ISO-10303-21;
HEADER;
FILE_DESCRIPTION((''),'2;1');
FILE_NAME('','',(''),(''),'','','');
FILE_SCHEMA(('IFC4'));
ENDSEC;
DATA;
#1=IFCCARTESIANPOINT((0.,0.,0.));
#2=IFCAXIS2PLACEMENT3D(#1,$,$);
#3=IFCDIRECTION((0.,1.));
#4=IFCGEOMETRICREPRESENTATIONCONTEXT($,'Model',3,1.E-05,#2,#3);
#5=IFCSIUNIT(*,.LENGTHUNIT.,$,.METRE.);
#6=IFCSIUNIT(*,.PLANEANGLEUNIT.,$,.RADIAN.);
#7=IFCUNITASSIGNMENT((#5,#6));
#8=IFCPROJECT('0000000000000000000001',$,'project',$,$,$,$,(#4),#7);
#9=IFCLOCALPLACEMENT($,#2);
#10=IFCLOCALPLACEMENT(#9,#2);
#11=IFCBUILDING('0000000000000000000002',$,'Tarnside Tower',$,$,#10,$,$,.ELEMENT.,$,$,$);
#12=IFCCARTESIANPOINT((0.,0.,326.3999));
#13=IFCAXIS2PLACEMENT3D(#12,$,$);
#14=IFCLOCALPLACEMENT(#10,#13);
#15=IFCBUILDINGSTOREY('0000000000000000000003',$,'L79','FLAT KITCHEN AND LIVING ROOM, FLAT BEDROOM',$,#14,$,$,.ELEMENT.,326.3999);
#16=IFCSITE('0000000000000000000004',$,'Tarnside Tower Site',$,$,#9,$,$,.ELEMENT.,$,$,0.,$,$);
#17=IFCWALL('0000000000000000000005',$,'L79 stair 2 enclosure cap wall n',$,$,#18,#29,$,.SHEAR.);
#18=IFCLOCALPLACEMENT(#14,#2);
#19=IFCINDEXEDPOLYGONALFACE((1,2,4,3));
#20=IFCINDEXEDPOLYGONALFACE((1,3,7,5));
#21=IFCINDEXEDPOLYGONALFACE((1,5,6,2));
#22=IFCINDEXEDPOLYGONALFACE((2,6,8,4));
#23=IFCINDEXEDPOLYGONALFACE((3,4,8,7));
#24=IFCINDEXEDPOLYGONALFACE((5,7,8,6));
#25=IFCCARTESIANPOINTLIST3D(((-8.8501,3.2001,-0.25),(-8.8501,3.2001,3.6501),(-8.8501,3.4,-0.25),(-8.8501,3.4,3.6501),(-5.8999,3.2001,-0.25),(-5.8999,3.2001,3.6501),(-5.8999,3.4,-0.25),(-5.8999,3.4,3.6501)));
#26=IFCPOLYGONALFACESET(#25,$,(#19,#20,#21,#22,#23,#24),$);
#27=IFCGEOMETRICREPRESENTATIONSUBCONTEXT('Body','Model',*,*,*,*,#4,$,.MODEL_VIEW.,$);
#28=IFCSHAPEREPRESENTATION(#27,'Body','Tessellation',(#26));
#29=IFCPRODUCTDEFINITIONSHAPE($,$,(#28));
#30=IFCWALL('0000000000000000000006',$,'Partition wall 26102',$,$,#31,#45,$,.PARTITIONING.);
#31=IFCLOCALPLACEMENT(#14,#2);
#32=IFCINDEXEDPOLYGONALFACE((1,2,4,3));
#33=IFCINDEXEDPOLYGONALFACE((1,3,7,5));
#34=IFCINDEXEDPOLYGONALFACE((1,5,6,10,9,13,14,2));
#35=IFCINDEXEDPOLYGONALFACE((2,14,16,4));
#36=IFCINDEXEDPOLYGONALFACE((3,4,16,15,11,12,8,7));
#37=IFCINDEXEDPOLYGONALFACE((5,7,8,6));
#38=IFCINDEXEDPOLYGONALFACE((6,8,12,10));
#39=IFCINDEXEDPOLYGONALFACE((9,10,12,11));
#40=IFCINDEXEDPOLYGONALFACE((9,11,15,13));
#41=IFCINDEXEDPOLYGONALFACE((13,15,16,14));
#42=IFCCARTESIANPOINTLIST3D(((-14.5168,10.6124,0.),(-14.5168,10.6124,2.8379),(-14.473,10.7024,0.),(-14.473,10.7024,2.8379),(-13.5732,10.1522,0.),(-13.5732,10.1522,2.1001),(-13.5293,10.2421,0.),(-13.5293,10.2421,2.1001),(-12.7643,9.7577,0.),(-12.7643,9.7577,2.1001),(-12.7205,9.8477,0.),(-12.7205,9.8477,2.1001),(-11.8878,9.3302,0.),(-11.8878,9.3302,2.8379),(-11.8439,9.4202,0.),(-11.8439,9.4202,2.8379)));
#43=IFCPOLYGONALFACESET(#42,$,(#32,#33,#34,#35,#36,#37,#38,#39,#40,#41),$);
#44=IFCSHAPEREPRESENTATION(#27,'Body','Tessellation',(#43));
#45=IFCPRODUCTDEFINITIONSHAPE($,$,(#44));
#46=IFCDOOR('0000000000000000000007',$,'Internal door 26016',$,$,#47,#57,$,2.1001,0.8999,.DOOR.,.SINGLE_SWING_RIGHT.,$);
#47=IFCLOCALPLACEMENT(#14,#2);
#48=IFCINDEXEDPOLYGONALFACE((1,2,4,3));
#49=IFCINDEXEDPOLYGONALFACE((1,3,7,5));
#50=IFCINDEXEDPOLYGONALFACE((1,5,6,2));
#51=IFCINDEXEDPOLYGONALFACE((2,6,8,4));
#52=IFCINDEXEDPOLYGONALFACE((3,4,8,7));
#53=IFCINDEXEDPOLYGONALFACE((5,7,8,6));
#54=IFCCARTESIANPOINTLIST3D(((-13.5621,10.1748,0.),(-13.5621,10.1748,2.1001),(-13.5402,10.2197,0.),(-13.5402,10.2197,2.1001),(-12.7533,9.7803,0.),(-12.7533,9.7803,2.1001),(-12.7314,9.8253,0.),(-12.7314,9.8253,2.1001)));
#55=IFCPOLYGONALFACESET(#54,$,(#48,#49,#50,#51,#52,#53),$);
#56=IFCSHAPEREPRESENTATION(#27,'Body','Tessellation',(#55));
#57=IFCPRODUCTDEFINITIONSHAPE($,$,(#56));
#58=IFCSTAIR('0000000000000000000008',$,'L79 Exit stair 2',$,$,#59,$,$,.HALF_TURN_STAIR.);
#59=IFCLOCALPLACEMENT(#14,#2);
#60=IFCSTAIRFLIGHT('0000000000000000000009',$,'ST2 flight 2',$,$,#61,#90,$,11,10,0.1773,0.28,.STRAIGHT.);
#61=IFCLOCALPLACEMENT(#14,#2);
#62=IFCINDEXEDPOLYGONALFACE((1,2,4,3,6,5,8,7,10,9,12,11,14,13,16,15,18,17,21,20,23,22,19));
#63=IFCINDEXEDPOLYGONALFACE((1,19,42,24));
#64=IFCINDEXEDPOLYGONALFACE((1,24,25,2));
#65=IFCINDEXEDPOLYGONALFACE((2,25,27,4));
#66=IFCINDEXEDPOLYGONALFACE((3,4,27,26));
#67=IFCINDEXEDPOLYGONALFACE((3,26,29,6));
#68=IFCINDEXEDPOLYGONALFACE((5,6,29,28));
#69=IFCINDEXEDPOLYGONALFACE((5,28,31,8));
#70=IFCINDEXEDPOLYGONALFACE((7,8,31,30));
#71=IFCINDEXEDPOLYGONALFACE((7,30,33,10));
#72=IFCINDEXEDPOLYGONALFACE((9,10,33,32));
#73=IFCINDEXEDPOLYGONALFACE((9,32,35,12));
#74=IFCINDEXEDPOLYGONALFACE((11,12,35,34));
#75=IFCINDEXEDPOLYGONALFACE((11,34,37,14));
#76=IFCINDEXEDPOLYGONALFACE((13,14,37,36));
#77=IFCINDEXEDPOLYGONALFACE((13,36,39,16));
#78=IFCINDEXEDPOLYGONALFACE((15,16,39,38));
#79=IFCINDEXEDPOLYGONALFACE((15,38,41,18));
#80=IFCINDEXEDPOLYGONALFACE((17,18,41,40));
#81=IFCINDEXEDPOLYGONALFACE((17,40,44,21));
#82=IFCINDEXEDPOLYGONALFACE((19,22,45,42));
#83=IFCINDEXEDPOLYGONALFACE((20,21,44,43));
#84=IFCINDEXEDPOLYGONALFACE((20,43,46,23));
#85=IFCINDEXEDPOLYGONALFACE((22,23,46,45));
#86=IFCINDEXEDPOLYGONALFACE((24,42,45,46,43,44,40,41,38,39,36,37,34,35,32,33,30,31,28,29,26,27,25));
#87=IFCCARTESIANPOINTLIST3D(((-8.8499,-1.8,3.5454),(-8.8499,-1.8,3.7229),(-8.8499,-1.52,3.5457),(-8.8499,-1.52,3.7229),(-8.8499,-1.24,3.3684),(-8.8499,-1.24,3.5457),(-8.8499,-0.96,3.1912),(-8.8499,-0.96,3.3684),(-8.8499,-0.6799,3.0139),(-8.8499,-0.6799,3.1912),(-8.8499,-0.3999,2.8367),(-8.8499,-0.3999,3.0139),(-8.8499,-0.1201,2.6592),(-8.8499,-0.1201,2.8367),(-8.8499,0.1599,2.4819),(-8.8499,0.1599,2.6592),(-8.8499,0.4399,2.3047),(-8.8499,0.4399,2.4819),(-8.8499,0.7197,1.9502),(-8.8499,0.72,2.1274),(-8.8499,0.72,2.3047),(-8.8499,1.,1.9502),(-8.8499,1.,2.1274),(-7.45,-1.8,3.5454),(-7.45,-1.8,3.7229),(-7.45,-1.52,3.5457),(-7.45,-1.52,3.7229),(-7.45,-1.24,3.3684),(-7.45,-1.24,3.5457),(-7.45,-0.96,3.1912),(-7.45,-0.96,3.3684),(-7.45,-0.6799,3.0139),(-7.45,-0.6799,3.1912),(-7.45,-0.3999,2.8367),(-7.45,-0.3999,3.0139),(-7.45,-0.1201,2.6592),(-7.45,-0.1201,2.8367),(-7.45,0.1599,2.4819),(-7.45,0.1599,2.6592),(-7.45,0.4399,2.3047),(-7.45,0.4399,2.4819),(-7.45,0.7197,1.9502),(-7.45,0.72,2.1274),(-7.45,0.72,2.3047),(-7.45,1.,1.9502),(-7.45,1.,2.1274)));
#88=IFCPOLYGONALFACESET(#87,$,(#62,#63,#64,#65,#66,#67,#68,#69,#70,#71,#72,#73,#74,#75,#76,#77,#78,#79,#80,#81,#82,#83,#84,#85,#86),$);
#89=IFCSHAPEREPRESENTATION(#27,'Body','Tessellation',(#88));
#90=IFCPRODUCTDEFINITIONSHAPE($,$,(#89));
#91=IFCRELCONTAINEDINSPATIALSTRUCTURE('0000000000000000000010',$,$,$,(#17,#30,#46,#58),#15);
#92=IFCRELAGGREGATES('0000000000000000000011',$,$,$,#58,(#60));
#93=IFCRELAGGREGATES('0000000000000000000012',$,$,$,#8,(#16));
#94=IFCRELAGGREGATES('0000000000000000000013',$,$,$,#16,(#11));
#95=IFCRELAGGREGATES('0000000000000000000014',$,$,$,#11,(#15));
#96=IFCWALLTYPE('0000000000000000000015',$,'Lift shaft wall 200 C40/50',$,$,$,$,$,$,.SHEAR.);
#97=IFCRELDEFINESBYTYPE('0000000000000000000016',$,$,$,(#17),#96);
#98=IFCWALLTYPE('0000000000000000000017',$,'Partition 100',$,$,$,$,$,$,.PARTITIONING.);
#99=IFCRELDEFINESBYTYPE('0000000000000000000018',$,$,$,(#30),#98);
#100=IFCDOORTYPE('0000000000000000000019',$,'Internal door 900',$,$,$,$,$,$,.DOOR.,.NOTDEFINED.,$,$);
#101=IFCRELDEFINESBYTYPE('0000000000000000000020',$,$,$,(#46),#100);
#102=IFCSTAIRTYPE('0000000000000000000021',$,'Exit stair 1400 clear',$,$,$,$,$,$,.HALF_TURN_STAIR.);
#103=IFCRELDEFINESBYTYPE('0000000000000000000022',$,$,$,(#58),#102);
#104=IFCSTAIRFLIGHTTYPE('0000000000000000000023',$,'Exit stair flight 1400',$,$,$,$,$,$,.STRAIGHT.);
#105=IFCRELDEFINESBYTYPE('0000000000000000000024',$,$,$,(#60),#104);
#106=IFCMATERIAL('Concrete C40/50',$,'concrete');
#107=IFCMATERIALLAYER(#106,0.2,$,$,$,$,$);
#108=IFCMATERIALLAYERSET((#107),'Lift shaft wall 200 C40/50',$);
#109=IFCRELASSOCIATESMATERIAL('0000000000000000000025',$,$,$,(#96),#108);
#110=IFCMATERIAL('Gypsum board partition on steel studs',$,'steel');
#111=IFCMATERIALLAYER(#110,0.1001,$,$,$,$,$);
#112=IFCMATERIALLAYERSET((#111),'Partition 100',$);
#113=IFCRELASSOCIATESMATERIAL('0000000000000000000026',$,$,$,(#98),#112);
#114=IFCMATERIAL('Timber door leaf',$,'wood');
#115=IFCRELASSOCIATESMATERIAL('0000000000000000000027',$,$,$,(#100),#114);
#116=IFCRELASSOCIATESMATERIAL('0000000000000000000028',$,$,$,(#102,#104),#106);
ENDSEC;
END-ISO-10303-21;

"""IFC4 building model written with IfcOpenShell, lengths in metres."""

from ifc_helpers import new_model, si_unit, direction, frame, frame_2d, origin, place, context, subcontext, project, spatial, polyline, rectangle, outline, extrude, material, layer, layer_set, type_object, element, fill, aggregate, save


model = new_model("IFC4")

# Units and contexts
model_context = context("Model", 3, precision=1e-05, world=origin(), true_north=direction((0.0, 1.0)))
body_context = subcontext(model_context, "Body", "Model", "MODEL_VIEW")
ifc_project = project(units=[si_unit("LENGTHUNIT", "METRE"), si_unit("PLANEANGLEUNIT", "RADIAN")], contexts=[model_context])

# Site, building, storey
site_placement = place(None, origin())
site = spatial("IfcSite", under=ifc_project, at=site_placement, Name="Tarnside Tower Site", CompositionType="ELEMENT", RefElevation=0.0)
building_placement = place(site_placement, origin())
building = spatial("IfcBuilding", under=site, at=building_placement, Name="Tarnside Tower", CompositionType="ELEMENT")
storey_placement = place(building_placement, frame((0.0, 0.0, 326.3999)))
storey = spatial("IfcBuildingStorey", under=building, at=storey_placement, Name="L79", Description="FLAT KITCHEN AND LIVING ROOM, FLAT BEDROOM", CompositionType="ELEMENT", Elevation=326.3999)

# Shared definitions
ifc_material_1 = material(Name="Gypsum board partition on steel studs", Category="steel")

# Shared definitions
ifc_material_2 = material(Name="Concrete C40/50", Category="concrete")
ifc_layer_1 = layer(ifc_material_2, 0.2)
ifc_layer_set_1 = layer_set([ifc_layer_1], Name="Lift shaft wall 200 C40/50")
wall_type_1 = type_object("IfcWallType", Name="Lift shaft wall 200 C40/50", PredefinedType="SHEAR", material=ifc_layer_set_1)

# Wall
wall_1_placement = place(storey_placement, frame((-8.8501, 3.3, -0.25), z_axis=(0.0, 0.0, 1.0), x_axis=(1.0, 0.0, 0.0)))
element("IfcWall", 1, at=wall_1_placement, inside=storey, type_object=wall_type_1, Name="L79 stair 2 enclosure cap wall n", PredefinedType="SHEAR", context=body_context, shape_type="SweptSolid", body=[
    extrude(rectangle(XDim=2.9502, YDim=0.2, at=frame_2d((1.4751, 0.0))), origin(), (0.0, 0.0, 1.0), 3.9001),
])

# Wall, opening, door
ifc_layer_2 = layer(ifc_material_1, 0.1001)
ifc_layer_set_2 = layer_set([ifc_layer_2], Name="Partition 100")
wall_type_2 = type_object("IfcWallType", Name="Partition 100", PredefinedType="PARTITIONING", material=ifc_layer_set_2)
wall_2_placement = place(storey_placement, frame((-11.866, 9.3752, 0.0), z_axis=(0.0, 0.0, 1.0), x_axis=(-0.898807, 0.438345, 0.0)))
wall_2 = element("IfcWall", 2, at=wall_2_placement, inside=storey, type_object=wall_type_2, Name="Partition wall 26102", PredefinedType="PARTITIONING", context=body_context, shape_type="SweptSolid", body=[
    extrude(rectangle(XDim=2.925, YDim=0.1001, at=frame_2d((1.4624, 0.0))), origin(), (0.0, 0.0, 1.0), 2.8379),
])
opening_1_placement = place(wall_2_placement, frame((0.9751, 0.0, 0.0)))
opening_1 = element("IfcOpeningElement", 3, at=opening_1_placement, cuts=wall_2, PredefinedType="OPENING", context=body_context, shape_type="SweptSolid", body=[
    extrude(rectangle(XDim=0.8999, YDim=2.1001, at=frame_2d((0.45, 1.05))), frame((0.0, 0.0601, 0.0), z_axis=(0.0, -1.0, 0.0), x_axis=(1.0, 0.0, 0.0)), (0.0, 0.0, 1.0), 0.1201),
])
ifc_material_3 = material(Name="Timber door leaf", Category="wood")
door_type_1 = type_object("IfcDoorType", Name="Internal door 900", OperationType="NOTDEFINED", PredefinedType="DOOR", material=ifc_material_3)
door_1_placement = place(opening_1_placement, origin())
door_1 = element("IfcDoor", 4, at=door_1_placement, inside=storey, type_object=door_type_1, Name="Internal door 26016", OperationType="SINGLE_SWING_RIGHT", OverallHeight=2.1001, OverallWidth=0.8999, PredefinedType="DOOR", context=body_context, shape_type="SweptSolid", body=[
    extrude(rectangle(XDim=0.8999, YDim=2.1001, at=frame_2d((0.45, 1.05))), frame((0.0, 0.0249, 0.0), z_axis=(0.0, -1.0, 0.0), x_axis=(1.0, 0.0, 0.0)), (0.0, 0.0, 1.0), 0.05),
])
fill(opening_1, door_1)

# Stair, stair flight
stair_type = type_object("IfcStairType", Name="Exit stair 1400 clear", PredefinedType="HALF_TURN_STAIR", material=ifc_material_2)
stair_placement = place(storey_placement, origin())
stair = element("IfcStair", 5, at=stair_placement, inside=storey, type_object=stair_type, Name="L79 Exit stair 2", PredefinedType="HALF_TURN_STAIR")
stair_flight_type = type_object("IfcStairFlightType", Name="Exit stair flight 1400", PredefinedType="STRAIGHT", material=ifc_material_2)
stair_flight_placement = place(storey_placement, frame((-8.1499, 1.0, 1.9502), z_axis=(0.0, 0.0, 1.0), x_axis=(0.0, -1.0, 0.0)))
stair_flight = element("IfcStairFlight", 6, at=stair_flight_placement, type_object=stair_flight_type, Name="ST2 flight 2", NumberOfRisers=11, NumberOfTreads=10, PredefinedType="STRAIGHT", RiserHeight=0.1773, TreadLength=0.28, context=body_context, shape_type="SweptSolid", body=[
    extrude(outline(polyline([(0.0, 0.0), (0.0, 0.1772), (0.28, 0.1772), (0.28, 0.3545), (0.5601, 0.3545), (0.5601, 0.5317), (0.8401, 0.5317), (0.8401, 0.709), (1.1201, 0.709), (1.1201, 0.8865), (1.3999, 0.8865), (1.3999, 1.0637), (1.6799, 1.0637), (1.6799, 1.241), (1.96, 1.241), (1.96, 1.4182), (2.24, 1.4182), (2.24, 1.5955), (2.52, 1.5955), (2.52, 1.7727), (2.8, 1.7727), (2.8, 1.95), (2.8, 1.5952), (0.2803, 0.0), (0.0, 0.0)])), frame((0.0, 0.7, 0.0), z_axis=(0.0, -1.0, 0.0), x_axis=(1.0, 0.0, 0.0)), (0.0, 0.0, 1.0), 1.3999),
])
aggregate(stair, [stair_flight])

save(model, "model.ifc")
